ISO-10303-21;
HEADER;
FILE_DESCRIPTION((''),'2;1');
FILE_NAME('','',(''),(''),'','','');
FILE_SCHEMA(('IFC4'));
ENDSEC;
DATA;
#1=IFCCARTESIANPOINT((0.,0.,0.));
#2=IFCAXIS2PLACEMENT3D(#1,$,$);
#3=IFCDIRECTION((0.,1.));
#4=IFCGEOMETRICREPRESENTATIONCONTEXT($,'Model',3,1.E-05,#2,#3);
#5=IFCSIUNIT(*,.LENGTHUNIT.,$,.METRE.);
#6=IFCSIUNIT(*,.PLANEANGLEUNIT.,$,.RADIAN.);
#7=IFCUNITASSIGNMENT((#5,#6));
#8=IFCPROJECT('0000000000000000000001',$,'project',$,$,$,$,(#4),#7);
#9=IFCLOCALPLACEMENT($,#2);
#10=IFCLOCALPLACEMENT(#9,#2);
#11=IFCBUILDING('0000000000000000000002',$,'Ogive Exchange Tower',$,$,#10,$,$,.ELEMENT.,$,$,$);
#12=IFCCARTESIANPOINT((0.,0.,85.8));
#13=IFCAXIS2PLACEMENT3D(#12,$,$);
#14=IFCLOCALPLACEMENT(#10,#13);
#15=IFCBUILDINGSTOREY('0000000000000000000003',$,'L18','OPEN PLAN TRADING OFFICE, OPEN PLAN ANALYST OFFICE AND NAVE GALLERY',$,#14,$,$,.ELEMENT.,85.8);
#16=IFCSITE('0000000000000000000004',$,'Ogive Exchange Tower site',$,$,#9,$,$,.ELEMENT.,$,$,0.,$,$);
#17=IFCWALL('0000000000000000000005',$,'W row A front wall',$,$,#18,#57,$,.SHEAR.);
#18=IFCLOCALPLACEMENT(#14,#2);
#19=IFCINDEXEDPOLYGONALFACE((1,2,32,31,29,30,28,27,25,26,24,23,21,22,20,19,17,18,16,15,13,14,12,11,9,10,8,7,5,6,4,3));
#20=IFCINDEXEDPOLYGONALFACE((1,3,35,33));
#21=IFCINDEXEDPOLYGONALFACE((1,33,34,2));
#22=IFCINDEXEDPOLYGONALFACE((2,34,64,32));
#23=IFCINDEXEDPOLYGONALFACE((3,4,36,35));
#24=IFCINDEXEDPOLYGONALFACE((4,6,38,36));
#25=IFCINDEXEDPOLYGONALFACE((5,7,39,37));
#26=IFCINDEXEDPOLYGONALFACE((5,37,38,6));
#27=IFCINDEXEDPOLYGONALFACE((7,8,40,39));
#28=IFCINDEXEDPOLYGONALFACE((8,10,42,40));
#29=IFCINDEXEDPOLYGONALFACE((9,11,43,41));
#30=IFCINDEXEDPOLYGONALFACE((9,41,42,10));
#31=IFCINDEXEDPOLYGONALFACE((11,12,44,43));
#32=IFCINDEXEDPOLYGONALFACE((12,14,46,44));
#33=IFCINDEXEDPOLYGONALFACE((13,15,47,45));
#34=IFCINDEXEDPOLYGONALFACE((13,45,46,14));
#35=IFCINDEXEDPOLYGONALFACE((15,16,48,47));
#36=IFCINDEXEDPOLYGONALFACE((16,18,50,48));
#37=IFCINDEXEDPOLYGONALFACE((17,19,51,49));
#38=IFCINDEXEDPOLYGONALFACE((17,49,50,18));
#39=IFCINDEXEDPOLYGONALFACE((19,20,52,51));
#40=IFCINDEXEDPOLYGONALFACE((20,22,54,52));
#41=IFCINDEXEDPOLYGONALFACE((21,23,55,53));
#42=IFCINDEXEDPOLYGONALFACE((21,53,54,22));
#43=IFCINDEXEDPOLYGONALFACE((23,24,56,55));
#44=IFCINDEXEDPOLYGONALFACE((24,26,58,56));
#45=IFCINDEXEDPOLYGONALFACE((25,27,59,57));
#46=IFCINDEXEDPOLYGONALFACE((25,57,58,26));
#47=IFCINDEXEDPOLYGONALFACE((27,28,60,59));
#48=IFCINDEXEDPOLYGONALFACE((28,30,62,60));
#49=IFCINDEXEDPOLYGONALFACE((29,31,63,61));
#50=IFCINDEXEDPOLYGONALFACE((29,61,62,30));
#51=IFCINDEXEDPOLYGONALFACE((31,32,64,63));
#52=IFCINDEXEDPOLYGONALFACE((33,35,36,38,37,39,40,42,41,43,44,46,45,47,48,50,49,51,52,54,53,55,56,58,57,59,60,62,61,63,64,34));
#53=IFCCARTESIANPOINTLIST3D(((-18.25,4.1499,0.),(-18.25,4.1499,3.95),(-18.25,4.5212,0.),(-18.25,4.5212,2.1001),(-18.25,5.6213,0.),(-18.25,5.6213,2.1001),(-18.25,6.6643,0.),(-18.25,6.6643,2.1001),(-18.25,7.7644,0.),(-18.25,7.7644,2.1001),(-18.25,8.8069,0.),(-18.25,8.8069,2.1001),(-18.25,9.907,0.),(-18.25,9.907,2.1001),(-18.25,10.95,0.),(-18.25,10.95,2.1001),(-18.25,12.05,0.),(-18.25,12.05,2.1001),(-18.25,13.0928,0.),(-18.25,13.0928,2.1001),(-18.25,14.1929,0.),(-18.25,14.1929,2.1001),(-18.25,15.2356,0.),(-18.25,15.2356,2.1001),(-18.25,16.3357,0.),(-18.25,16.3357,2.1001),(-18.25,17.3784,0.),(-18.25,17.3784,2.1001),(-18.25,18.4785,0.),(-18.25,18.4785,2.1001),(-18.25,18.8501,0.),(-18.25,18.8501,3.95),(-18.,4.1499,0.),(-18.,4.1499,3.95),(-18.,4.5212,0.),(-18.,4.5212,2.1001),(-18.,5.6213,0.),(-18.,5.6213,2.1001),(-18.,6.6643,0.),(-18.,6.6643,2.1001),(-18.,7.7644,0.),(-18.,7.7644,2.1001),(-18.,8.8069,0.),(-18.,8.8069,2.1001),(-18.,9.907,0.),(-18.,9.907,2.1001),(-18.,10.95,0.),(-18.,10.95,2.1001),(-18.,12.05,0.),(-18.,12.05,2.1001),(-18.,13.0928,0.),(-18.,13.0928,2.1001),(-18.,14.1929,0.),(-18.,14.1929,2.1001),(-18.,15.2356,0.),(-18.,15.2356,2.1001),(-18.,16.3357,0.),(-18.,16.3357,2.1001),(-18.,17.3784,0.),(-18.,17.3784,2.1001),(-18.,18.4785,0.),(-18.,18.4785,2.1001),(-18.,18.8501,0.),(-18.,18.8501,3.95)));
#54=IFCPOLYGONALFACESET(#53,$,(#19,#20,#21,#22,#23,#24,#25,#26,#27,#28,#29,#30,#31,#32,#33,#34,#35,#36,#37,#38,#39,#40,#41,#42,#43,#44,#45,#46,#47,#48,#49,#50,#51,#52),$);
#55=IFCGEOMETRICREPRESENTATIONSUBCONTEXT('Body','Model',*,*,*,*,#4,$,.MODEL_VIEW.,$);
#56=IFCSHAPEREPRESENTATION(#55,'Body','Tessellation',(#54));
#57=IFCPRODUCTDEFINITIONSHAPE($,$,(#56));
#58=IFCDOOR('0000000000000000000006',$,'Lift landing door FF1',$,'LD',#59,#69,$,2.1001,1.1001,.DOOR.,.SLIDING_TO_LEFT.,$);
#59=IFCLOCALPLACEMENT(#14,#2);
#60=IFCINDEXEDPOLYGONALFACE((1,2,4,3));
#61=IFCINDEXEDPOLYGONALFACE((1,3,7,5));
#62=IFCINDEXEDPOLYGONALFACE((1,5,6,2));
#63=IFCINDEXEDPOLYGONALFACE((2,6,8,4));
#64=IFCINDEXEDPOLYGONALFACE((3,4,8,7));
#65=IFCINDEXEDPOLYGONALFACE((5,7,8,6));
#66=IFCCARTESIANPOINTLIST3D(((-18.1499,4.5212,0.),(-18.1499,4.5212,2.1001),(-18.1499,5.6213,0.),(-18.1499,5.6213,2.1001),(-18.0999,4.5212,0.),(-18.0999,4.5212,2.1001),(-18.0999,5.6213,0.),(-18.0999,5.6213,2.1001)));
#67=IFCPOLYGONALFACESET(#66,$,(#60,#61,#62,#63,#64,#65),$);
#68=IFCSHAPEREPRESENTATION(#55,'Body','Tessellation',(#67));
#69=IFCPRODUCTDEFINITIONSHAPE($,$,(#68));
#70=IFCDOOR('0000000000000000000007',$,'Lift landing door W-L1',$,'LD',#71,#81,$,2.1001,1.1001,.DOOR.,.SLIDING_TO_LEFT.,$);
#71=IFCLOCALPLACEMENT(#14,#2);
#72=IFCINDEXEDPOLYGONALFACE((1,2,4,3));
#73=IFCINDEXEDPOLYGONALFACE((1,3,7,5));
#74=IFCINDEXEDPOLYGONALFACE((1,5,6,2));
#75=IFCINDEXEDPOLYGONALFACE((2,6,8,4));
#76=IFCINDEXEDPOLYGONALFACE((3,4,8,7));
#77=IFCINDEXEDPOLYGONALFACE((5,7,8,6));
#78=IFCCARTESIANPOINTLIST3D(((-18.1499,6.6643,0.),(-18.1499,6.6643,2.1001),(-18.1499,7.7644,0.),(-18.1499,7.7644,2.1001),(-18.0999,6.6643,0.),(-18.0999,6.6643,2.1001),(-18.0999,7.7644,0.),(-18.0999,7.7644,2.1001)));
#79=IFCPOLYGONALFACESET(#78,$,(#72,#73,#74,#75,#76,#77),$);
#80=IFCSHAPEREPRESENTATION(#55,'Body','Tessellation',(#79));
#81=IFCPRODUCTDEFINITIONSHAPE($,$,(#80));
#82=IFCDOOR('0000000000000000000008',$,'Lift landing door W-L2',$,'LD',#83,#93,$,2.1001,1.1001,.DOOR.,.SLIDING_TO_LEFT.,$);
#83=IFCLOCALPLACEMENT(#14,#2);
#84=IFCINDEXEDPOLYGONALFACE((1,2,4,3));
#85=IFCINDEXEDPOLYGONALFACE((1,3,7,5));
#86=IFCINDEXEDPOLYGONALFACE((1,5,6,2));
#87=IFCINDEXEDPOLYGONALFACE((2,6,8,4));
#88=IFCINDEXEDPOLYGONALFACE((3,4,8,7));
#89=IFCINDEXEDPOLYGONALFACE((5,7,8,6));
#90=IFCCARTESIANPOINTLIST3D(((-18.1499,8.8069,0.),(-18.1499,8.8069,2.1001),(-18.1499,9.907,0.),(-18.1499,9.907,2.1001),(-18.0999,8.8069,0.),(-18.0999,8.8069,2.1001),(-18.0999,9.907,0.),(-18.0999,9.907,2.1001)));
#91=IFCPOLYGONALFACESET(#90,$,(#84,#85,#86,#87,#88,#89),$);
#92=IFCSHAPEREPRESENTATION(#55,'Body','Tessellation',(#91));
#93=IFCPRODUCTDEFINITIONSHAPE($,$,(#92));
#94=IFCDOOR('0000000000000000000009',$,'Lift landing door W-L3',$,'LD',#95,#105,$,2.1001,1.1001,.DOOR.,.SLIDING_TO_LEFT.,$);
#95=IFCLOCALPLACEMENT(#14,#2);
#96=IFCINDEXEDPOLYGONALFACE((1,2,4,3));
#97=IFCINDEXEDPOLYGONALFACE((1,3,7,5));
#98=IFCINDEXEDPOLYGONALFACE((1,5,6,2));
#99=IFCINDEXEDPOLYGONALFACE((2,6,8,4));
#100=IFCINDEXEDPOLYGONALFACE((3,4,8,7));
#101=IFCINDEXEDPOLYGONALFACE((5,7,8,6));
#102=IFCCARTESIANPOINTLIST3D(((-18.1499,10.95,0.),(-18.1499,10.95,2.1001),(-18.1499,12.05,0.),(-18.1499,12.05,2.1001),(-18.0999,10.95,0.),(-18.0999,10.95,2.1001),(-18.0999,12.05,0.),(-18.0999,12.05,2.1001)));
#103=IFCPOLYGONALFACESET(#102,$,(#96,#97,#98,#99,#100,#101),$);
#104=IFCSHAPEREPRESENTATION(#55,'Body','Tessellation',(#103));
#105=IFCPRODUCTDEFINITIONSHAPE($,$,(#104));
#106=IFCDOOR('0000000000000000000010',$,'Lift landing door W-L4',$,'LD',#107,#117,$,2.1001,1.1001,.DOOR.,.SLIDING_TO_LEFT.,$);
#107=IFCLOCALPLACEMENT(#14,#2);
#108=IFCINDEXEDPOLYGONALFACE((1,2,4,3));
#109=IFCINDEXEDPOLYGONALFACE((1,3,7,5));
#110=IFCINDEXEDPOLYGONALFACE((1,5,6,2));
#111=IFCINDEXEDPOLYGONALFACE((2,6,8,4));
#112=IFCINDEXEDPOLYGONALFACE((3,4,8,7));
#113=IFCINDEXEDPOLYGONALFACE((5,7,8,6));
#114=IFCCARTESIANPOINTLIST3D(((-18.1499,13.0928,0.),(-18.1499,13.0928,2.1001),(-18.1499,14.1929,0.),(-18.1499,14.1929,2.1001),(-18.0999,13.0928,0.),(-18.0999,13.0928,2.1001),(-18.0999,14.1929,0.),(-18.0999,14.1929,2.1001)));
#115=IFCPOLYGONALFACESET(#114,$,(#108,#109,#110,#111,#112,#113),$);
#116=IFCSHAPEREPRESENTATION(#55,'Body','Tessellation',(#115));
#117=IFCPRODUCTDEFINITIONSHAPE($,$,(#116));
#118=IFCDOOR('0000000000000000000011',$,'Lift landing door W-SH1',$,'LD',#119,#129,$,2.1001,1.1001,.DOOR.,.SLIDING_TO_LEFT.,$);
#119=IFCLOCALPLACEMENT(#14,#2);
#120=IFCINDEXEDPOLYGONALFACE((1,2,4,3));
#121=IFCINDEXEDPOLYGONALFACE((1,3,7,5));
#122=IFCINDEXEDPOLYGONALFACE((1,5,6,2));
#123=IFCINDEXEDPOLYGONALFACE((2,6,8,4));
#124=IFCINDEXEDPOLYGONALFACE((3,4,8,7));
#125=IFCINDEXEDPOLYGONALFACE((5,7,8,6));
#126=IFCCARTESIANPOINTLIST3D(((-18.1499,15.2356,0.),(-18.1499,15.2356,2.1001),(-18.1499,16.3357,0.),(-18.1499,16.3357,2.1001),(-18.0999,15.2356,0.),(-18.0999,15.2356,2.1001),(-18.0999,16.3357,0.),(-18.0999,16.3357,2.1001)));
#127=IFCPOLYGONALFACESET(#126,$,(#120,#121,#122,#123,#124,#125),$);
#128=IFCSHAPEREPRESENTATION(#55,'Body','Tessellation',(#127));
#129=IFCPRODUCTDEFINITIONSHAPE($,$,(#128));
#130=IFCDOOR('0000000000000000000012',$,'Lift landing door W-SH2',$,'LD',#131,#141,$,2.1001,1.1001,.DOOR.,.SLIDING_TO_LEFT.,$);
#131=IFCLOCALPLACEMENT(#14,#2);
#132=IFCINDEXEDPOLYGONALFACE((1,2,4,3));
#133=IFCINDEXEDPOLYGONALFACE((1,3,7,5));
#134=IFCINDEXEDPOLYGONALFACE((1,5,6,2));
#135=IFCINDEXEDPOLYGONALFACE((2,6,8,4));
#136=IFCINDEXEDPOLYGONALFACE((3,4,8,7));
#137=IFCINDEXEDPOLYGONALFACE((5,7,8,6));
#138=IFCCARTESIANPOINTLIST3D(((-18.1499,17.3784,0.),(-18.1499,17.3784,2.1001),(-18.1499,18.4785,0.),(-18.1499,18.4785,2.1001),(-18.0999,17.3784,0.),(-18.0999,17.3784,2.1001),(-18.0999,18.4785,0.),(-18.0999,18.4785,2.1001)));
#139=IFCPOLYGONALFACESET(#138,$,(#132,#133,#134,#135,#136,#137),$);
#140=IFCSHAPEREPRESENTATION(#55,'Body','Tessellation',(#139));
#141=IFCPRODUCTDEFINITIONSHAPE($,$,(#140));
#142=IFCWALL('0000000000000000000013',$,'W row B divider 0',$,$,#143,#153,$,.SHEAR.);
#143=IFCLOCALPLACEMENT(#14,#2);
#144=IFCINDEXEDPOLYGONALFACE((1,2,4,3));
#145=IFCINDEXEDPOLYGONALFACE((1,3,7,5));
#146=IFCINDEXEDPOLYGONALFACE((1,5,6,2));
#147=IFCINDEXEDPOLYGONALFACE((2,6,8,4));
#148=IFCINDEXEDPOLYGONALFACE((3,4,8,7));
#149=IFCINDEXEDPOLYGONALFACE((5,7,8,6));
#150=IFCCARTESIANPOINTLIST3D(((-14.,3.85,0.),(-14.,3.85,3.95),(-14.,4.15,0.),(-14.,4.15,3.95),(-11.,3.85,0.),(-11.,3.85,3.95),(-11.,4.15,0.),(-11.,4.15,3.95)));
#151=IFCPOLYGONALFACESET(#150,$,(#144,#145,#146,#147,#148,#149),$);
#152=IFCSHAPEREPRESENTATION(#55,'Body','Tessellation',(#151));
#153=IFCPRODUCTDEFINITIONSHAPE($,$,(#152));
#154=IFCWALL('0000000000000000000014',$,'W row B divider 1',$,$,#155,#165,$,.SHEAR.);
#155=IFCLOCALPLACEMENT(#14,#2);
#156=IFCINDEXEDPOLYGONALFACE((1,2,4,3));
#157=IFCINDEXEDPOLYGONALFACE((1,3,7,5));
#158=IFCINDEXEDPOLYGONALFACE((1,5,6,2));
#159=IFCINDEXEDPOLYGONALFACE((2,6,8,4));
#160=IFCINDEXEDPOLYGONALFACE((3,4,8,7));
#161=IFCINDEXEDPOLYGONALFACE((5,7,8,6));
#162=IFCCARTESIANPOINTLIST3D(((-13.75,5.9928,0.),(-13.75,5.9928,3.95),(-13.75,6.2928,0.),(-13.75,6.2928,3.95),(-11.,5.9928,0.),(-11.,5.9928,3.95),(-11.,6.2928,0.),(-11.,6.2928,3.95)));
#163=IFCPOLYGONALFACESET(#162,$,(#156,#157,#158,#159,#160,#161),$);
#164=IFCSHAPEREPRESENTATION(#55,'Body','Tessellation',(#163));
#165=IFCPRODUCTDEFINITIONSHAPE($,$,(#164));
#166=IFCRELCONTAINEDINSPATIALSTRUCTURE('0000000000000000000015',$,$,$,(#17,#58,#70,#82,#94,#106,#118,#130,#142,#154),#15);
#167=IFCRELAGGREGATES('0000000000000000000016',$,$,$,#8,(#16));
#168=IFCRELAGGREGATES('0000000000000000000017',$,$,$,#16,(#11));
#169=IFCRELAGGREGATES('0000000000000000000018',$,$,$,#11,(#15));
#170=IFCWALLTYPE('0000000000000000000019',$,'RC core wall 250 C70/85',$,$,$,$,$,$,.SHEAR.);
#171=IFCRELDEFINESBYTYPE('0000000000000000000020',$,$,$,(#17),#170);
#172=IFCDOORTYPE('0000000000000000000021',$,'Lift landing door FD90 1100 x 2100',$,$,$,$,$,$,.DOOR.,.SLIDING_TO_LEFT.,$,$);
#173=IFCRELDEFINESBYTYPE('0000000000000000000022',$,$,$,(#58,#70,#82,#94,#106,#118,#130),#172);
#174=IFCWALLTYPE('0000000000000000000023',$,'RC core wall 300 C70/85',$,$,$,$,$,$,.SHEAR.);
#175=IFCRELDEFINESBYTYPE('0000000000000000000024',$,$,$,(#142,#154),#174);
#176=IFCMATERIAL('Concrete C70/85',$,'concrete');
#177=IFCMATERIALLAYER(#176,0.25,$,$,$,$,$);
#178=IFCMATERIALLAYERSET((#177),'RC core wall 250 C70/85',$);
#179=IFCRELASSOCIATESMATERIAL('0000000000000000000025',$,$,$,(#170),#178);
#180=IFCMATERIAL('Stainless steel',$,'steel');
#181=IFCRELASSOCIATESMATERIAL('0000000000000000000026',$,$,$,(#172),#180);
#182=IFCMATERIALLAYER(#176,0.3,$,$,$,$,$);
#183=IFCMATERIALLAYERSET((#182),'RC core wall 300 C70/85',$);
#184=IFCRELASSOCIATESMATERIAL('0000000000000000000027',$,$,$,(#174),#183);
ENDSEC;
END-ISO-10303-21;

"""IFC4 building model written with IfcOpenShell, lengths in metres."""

from ifc_helpers import new_model, si_unit, direction, frame, frame_2d, origin, place, context, subcontext, project, spatial, rectangle, extrude, material, layer, layer_set, type_object, element, fill, save


model = new_model("IFC4")

# Units and contexts
model_context = context("Model", 3, precision=1e-05, world=origin(), true_north=direction((0.0, 1.0)))
body_context = subcontext(model_context, "Body", "Model", "MODEL_VIEW")
ifc_project = project(units=[si_unit("LENGTHUNIT", "METRE"), si_unit("PLANEANGLEUNIT", "RADIAN")], contexts=[model_context])

# Site, building, storey
site_placement = place(None, origin())
site = spatial("IfcSite", under=ifc_project, at=site_placement, Name="Ogive Exchange Tower site", CompositionType="ELEMENT", RefElevation=0.0)
building_placement = place(site_placement, origin())
building = spatial("IfcBuilding", under=site, at=building_placement, Name="Ogive Exchange Tower", CompositionType="ELEMENT")
storey_placement = place(building_placement, frame((0.0, 0.0, 85.8)))
storey = spatial("IfcBuildingStorey", under=building, at=storey_placement, Name="L18", Description="OPEN PLAN TRADING OFFICE, OPEN PLAN ANALYST OFFICE AND NAVE GALLERY", CompositionType="ELEMENT", Elevation=85.8)

# Shared definitions
ifc_material_1 = material(Name="Concrete C70/85", Category="concrete")

# Shared definitions
ifc_layer_1 = layer(ifc_material_1, 0.25)
ifc_layer_set_1 = layer_set([ifc_layer_1], Name="RC core wall 250 C70/85")
wall_type_1 = type_object("IfcWallType", Name="RC core wall 250 C70/85", PredefinedType="SHEAR", material=ifc_layer_set_1)

# Wall, openings, doors
wall_1_placement = place(storey_placement, frame((-18.125, 4.1499, 0.0), z_axis=(0.0, 0.0, 1.0), x_axis=(0.0, 1.0, 0.0)))
wall_1 = element("IfcWall", 1, at=wall_1_placement, inside=storey, type_object=wall_type_1, Name="W row A front wall", PredefinedType="SHEAR", context=body_context, shape_type="SweptSolid", body=[
    extrude(rectangle(XDim=14.7002, YDim=0.25, at=frame_2d((7.3501, 0.0))), origin(), (0.0, 0.0, 1.0), 3.95),
])
opening_1_placement = place(wall_1_placement, frame((0.3713, 0.0, 0.0)))
opening_1 = element("IfcOpeningElement", 2, at=opening_1_placement, cuts=wall_1, PredefinedType="OPENING", context=body_context, shape_type="SweptSolid", body=[
    extrude(rectangle(XDim=1.1001, YDim=2.1001, at=frame_2d((0.55, 1.05))), frame((0.0, 0.135, 0.0), z_axis=(0.0, -1.0, 0.0), x_axis=(1.0, 0.0, 0.0)), (0.0, 0.0, 1.0), 0.27),
])
opening_2_placement = place(wall_1_placement, frame((2.5144, 0.0, 0.0)))
opening_2 = element("IfcOpeningElement", 3, at=opening_2_placement, cuts=wall_1, PredefinedType="OPENING", context=body_context, shape_type="SweptSolid", body=[
    extrude(rectangle(XDim=1.1001, YDim=2.1001, at=frame_2d((0.55, 1.05))), frame((0.0, 0.135, 0.0), z_axis=(0.0, -1.0, 0.0), x_axis=(1.0, 0.0, 0.0)), (0.0, 0.0, 1.0), 0.27),
])
opening_3_placement = place(wall_1_placement, frame((4.657, 0.0, 0.0)))
opening_3 = element("IfcOpeningElement", 4, at=opening_3_placement, cuts=wall_1, PredefinedType="OPENING", context=body_context, shape_type="SweptSolid", body=[
    extrude(rectangle(XDim=1.1001, YDim=2.1001, at=frame_2d((0.55, 1.05))), frame((0.0, 0.135, 0.0), z_axis=(0.0, -1.0, 0.0), x_axis=(1.0, 0.0, 0.0)), (0.0, 0.0, 1.0), 0.27),
])
opening_4_placement = place(wall_1_placement, frame((6.8, 0.0, 0.0)))
opening_4 = element("IfcOpeningElement", 5, at=opening_4_placement, cuts=wall_1, PredefinedType="OPENING", context=body_context, shape_type="SweptSolid", body=[
    extrude(rectangle(XDim=1.1001, YDim=2.1001, at=frame_2d((0.55, 1.05))), frame((0.0, 0.135, 0.0), z_axis=(0.0, -1.0, 0.0), x_axis=(1.0, 0.0, 0.0)), (0.0, 0.0, 1.0), 0.27),
])
opening_5_placement = place(wall_1_placement, frame((8.9429, 0.0, 0.0)))
opening_5 = element("IfcOpeningElement", 6, at=opening_5_placement, cuts=wall_1, PredefinedType="OPENING", context=body_context, shape_type="SweptSolid", body=[
    extrude(rectangle(XDim=1.1001, YDim=2.1001, at=frame_2d((0.55, 1.05))), frame((0.0, 0.135, 0.0), z_axis=(0.0, -1.0, 0.0), x_axis=(1.0, 0.0, 0.0)), (0.0, 0.0, 1.0), 0.27),
])
opening_6_placement = place(wall_1_placement, frame((11.0857, 0.0, 0.0)))
opening_6 = element("IfcOpeningElement", 7, at=opening_6_placement, cuts=wall_1, PredefinedType="OPENING", context=body_context, shape_type="SweptSolid", body=[
    extrude(rectangle(XDim=1.1001, YDim=2.1001, at=frame_2d((0.55, 1.05))), frame((0.0, 0.135, 0.0), z_axis=(0.0, -1.0, 0.0), x_axis=(1.0, 0.0, 0.0)), (0.0, 0.0, 1.0), 0.27),
])
opening_7_placement = place(wall_1_placement, frame((13.2285, 0.0, 0.0)))
opening_7 = element("IfcOpeningElement", 8, at=opening_7_placement, cuts=wall_1, PredefinedType="OPENING", context=body_context, shape_type="SweptSolid", body=[
    extrude(rectangle(XDim=1.1001, YDim=2.1001, at=frame_2d((0.55, 1.05))), frame((0.0, 0.135, 0.0), z_axis=(0.0, -1.0, 0.0), x_axis=(1.0, 0.0, 0.0)), (0.0, 0.0, 1.0), 0.27),
])
ifc_material_2 = material(Name="Stainless steel", Category="steel")
door_type_1 = type_object("IfcDoorType", Name="Lift landing door FD90 1100 x 2100", OperationType="SLIDING_TO_LEFT", PredefinedType="DOOR", material=ifc_material_2)
door_1_placement = place(opening_1_placement, origin())
door_1 = element("IfcDoor", 9, at=door_1_placement, inside=storey, type_object=door_type_1, Name="Lift landing door FF1", ObjectType="LD", OperationType="SLIDING_TO_LEFT", OverallHeight=2.1001, OverallWidth=1.1001, PredefinedType="DOOR", context=body_context, shape_type="SweptSolid", body=[
    extrude(rectangle(XDim=1.1001, YDim=2.1001, at=frame_2d((0.55, 1.05))), frame((0.0, 0.0249, 0.0), z_axis=(0.0, -1.0, 0.0), x_axis=(1.0, 0.0, 0.0)), (0.0, 0.0, 1.0), 0.05),
])
fill(opening_1, door_1)
door_2_placement = place(opening_2_placement, origin())
door_2 = element("IfcDoor", 10, at=door_2_placement, inside=storey, type_object=door_type_1, Name="Lift landing door W-L1", ObjectType="LD", OperationType="SLIDING_TO_LEFT", OverallHeight=2.1001, OverallWidth=1.1001, PredefinedType="DOOR", context=body_context, shape_type="SweptSolid", body=[
    extrude(rectangle(XDim=1.1001, YDim=2.1001, at=frame_2d((0.55, 1.05))), frame((0.0, 0.0249, 0.0), z_axis=(0.0, -1.0, 0.0), x_axis=(1.0, 0.0, 0.0)), (0.0, 0.0, 1.0), 0.05),
])
fill(opening_2, door_2)
door_3_placement = place(opening_3_placement, origin())
door_3 = element("IfcDoor", 11, at=door_3_placement, inside=storey, type_object=door_type_1, Name="Lift landing door W-L2", ObjectType="LD", OperationType="SLIDING_TO_LEFT", OverallHeight=2.1001, OverallWidth=1.1001, PredefinedType="DOOR", context=body_context, shape_type="SweptSolid", body=[
    extrude(rectangle(XDim=1.1001, YDim=2.1001, at=frame_2d((0.55, 1.05))), frame((0.0, 0.0249, 0.0), z_axis=(0.0, -1.0, 0.0), x_axis=(1.0, 0.0, 0.0)), (0.0, 0.0, 1.0), 0.05),
])
fill(opening_3, door_3)
door_4_placement = place(opening_4_placement, origin())
door_4 = element("IfcDoor", 12, at=door_4_placement, inside=storey, type_object=door_type_1, Name="Lift landing door W-L3", ObjectType="LD", OperationType="SLIDING_TO_LEFT", OverallHeight=2.1001, OverallWidth=1.1001, PredefinedType="DOOR", context=body_context, shape_type="SweptSolid", body=[
    extrude(rectangle(XDim=1.1001, YDim=2.1001, at=frame_2d((0.55, 1.05))), frame((0.0, 0.0249, 0.0), z_axis=(0.0, -1.0, 0.0), x_axis=(1.0, 0.0, 0.0)), (0.0, 0.0, 1.0), 0.05),
])
fill(opening_4, door_4)
door_5_placement = place(opening_5_placement, origin())
door_5 = element("IfcDoor", 13, at=door_5_placement, inside=storey, type_object=door_type_1, Name="Lift landing door W-L4", ObjectType="LD", OperationType="SLIDING_TO_LEFT", OverallHeight=2.1001, OverallWidth=1.1001, PredefinedType="DOOR", context=body_context, shape_type="SweptSolid", body=[
    extrude(rectangle(XDim=1.1001, YDim=2.1001, at=frame_2d((0.55, 1.05))), frame((0.0, 0.0249, 0.0), z_axis=(0.0, -1.0, 0.0), x_axis=(1.0, 0.0, 0.0)), (0.0, 0.0, 1.0), 0.05),
])
fill(opening_5, door_5)
door_6_placement = place(opening_6_placement, origin())
door_6 = element("IfcDoor", 14, at=door_6_placement, inside=storey, type_object=door_type_1, Name="Lift landing door W-SH1", ObjectType="LD", OperationType="SLIDING_TO_LEFT", OverallHeight=2.1001, OverallWidth=1.1001, PredefinedType="DOOR", context=body_context, shape_type="SweptSolid", body=[
    extrude(rectangle(XDim=1.1001, YDim=2.1001, at=frame_2d((0.55, 1.05))), frame((0.0, 0.0249, 0.0), z_axis=(0.0, -1.0, 0.0), x_axis=(1.0, 0.0, 0.0)), (0.0, 0.0, 1.0), 0.05),
])
fill(opening_6, door_6)
door_7_placement = place(opening_7_placement, origin())
door_7 = element("IfcDoor", 15, at=door_7_placement, inside=storey, type_object=door_type_1, Name="Lift landing door W-SH2", ObjectType="LD", OperationType="SLIDING_TO_LEFT", OverallHeight=2.1001, OverallWidth=1.1001, PredefinedType="DOOR", context=body_context, shape_type="SweptSolid", body=[
    extrude(rectangle(XDim=1.1001, YDim=2.1001, at=frame_2d((0.55, 1.05))), frame((0.0, 0.0249, 0.0), z_axis=(0.0, -1.0, 0.0), x_axis=(1.0, 0.0, 0.0)), (0.0, 0.0, 1.0), 0.05),
])
fill(opening_7, door_7)

# Walls
ifc_layer_2 = layer(ifc_material_1, 0.3)
ifc_layer_set_2 = layer_set([ifc_layer_2], Name="RC core wall 300 C70/85")
wall_type_2 = type_object("IfcWallType", Name="RC core wall 300 C70/85", PredefinedType="SHEAR", material=ifc_layer_set_2)
wall_2_placement = place(storey_placement, frame((-14.0, 4.0, 0.0), z_axis=(0.0, 0.0, 1.0), x_axis=(1.0, 0.0, 0.0)))
element("IfcWall", 16, at=wall_2_placement, inside=storey, type_object=wall_type_2, Name="W row B divider 0", PredefinedType="SHEAR", context=body_context, shape_type="SweptSolid", body=[
    extrude(rectangle(XDim=3.0, YDim=0.3, at=frame_2d((1.5, 0.0))), origin(), (0.0, 0.0, 1.0), 3.95),
])
wall_3_placement = place(storey_placement, frame((-13.75, 6.1428, 0.0), z_axis=(0.0, 0.0, 1.0), x_axis=(1.0, 0.0, 0.0)))
element("IfcWall", 17, at=wall_3_placement, inside=storey, type_object=wall_type_2, Name="W row B divider 1", PredefinedType="SHEAR", context=body_context, shape_type="SweptSolid", body=[
    extrude(rectangle(XDim=2.75, YDim=0.3, at=frame_2d((1.375, 0.0))), origin(), (0.0, 0.0, 1.0), 3.95),
])

save(model, "model.ifc")
